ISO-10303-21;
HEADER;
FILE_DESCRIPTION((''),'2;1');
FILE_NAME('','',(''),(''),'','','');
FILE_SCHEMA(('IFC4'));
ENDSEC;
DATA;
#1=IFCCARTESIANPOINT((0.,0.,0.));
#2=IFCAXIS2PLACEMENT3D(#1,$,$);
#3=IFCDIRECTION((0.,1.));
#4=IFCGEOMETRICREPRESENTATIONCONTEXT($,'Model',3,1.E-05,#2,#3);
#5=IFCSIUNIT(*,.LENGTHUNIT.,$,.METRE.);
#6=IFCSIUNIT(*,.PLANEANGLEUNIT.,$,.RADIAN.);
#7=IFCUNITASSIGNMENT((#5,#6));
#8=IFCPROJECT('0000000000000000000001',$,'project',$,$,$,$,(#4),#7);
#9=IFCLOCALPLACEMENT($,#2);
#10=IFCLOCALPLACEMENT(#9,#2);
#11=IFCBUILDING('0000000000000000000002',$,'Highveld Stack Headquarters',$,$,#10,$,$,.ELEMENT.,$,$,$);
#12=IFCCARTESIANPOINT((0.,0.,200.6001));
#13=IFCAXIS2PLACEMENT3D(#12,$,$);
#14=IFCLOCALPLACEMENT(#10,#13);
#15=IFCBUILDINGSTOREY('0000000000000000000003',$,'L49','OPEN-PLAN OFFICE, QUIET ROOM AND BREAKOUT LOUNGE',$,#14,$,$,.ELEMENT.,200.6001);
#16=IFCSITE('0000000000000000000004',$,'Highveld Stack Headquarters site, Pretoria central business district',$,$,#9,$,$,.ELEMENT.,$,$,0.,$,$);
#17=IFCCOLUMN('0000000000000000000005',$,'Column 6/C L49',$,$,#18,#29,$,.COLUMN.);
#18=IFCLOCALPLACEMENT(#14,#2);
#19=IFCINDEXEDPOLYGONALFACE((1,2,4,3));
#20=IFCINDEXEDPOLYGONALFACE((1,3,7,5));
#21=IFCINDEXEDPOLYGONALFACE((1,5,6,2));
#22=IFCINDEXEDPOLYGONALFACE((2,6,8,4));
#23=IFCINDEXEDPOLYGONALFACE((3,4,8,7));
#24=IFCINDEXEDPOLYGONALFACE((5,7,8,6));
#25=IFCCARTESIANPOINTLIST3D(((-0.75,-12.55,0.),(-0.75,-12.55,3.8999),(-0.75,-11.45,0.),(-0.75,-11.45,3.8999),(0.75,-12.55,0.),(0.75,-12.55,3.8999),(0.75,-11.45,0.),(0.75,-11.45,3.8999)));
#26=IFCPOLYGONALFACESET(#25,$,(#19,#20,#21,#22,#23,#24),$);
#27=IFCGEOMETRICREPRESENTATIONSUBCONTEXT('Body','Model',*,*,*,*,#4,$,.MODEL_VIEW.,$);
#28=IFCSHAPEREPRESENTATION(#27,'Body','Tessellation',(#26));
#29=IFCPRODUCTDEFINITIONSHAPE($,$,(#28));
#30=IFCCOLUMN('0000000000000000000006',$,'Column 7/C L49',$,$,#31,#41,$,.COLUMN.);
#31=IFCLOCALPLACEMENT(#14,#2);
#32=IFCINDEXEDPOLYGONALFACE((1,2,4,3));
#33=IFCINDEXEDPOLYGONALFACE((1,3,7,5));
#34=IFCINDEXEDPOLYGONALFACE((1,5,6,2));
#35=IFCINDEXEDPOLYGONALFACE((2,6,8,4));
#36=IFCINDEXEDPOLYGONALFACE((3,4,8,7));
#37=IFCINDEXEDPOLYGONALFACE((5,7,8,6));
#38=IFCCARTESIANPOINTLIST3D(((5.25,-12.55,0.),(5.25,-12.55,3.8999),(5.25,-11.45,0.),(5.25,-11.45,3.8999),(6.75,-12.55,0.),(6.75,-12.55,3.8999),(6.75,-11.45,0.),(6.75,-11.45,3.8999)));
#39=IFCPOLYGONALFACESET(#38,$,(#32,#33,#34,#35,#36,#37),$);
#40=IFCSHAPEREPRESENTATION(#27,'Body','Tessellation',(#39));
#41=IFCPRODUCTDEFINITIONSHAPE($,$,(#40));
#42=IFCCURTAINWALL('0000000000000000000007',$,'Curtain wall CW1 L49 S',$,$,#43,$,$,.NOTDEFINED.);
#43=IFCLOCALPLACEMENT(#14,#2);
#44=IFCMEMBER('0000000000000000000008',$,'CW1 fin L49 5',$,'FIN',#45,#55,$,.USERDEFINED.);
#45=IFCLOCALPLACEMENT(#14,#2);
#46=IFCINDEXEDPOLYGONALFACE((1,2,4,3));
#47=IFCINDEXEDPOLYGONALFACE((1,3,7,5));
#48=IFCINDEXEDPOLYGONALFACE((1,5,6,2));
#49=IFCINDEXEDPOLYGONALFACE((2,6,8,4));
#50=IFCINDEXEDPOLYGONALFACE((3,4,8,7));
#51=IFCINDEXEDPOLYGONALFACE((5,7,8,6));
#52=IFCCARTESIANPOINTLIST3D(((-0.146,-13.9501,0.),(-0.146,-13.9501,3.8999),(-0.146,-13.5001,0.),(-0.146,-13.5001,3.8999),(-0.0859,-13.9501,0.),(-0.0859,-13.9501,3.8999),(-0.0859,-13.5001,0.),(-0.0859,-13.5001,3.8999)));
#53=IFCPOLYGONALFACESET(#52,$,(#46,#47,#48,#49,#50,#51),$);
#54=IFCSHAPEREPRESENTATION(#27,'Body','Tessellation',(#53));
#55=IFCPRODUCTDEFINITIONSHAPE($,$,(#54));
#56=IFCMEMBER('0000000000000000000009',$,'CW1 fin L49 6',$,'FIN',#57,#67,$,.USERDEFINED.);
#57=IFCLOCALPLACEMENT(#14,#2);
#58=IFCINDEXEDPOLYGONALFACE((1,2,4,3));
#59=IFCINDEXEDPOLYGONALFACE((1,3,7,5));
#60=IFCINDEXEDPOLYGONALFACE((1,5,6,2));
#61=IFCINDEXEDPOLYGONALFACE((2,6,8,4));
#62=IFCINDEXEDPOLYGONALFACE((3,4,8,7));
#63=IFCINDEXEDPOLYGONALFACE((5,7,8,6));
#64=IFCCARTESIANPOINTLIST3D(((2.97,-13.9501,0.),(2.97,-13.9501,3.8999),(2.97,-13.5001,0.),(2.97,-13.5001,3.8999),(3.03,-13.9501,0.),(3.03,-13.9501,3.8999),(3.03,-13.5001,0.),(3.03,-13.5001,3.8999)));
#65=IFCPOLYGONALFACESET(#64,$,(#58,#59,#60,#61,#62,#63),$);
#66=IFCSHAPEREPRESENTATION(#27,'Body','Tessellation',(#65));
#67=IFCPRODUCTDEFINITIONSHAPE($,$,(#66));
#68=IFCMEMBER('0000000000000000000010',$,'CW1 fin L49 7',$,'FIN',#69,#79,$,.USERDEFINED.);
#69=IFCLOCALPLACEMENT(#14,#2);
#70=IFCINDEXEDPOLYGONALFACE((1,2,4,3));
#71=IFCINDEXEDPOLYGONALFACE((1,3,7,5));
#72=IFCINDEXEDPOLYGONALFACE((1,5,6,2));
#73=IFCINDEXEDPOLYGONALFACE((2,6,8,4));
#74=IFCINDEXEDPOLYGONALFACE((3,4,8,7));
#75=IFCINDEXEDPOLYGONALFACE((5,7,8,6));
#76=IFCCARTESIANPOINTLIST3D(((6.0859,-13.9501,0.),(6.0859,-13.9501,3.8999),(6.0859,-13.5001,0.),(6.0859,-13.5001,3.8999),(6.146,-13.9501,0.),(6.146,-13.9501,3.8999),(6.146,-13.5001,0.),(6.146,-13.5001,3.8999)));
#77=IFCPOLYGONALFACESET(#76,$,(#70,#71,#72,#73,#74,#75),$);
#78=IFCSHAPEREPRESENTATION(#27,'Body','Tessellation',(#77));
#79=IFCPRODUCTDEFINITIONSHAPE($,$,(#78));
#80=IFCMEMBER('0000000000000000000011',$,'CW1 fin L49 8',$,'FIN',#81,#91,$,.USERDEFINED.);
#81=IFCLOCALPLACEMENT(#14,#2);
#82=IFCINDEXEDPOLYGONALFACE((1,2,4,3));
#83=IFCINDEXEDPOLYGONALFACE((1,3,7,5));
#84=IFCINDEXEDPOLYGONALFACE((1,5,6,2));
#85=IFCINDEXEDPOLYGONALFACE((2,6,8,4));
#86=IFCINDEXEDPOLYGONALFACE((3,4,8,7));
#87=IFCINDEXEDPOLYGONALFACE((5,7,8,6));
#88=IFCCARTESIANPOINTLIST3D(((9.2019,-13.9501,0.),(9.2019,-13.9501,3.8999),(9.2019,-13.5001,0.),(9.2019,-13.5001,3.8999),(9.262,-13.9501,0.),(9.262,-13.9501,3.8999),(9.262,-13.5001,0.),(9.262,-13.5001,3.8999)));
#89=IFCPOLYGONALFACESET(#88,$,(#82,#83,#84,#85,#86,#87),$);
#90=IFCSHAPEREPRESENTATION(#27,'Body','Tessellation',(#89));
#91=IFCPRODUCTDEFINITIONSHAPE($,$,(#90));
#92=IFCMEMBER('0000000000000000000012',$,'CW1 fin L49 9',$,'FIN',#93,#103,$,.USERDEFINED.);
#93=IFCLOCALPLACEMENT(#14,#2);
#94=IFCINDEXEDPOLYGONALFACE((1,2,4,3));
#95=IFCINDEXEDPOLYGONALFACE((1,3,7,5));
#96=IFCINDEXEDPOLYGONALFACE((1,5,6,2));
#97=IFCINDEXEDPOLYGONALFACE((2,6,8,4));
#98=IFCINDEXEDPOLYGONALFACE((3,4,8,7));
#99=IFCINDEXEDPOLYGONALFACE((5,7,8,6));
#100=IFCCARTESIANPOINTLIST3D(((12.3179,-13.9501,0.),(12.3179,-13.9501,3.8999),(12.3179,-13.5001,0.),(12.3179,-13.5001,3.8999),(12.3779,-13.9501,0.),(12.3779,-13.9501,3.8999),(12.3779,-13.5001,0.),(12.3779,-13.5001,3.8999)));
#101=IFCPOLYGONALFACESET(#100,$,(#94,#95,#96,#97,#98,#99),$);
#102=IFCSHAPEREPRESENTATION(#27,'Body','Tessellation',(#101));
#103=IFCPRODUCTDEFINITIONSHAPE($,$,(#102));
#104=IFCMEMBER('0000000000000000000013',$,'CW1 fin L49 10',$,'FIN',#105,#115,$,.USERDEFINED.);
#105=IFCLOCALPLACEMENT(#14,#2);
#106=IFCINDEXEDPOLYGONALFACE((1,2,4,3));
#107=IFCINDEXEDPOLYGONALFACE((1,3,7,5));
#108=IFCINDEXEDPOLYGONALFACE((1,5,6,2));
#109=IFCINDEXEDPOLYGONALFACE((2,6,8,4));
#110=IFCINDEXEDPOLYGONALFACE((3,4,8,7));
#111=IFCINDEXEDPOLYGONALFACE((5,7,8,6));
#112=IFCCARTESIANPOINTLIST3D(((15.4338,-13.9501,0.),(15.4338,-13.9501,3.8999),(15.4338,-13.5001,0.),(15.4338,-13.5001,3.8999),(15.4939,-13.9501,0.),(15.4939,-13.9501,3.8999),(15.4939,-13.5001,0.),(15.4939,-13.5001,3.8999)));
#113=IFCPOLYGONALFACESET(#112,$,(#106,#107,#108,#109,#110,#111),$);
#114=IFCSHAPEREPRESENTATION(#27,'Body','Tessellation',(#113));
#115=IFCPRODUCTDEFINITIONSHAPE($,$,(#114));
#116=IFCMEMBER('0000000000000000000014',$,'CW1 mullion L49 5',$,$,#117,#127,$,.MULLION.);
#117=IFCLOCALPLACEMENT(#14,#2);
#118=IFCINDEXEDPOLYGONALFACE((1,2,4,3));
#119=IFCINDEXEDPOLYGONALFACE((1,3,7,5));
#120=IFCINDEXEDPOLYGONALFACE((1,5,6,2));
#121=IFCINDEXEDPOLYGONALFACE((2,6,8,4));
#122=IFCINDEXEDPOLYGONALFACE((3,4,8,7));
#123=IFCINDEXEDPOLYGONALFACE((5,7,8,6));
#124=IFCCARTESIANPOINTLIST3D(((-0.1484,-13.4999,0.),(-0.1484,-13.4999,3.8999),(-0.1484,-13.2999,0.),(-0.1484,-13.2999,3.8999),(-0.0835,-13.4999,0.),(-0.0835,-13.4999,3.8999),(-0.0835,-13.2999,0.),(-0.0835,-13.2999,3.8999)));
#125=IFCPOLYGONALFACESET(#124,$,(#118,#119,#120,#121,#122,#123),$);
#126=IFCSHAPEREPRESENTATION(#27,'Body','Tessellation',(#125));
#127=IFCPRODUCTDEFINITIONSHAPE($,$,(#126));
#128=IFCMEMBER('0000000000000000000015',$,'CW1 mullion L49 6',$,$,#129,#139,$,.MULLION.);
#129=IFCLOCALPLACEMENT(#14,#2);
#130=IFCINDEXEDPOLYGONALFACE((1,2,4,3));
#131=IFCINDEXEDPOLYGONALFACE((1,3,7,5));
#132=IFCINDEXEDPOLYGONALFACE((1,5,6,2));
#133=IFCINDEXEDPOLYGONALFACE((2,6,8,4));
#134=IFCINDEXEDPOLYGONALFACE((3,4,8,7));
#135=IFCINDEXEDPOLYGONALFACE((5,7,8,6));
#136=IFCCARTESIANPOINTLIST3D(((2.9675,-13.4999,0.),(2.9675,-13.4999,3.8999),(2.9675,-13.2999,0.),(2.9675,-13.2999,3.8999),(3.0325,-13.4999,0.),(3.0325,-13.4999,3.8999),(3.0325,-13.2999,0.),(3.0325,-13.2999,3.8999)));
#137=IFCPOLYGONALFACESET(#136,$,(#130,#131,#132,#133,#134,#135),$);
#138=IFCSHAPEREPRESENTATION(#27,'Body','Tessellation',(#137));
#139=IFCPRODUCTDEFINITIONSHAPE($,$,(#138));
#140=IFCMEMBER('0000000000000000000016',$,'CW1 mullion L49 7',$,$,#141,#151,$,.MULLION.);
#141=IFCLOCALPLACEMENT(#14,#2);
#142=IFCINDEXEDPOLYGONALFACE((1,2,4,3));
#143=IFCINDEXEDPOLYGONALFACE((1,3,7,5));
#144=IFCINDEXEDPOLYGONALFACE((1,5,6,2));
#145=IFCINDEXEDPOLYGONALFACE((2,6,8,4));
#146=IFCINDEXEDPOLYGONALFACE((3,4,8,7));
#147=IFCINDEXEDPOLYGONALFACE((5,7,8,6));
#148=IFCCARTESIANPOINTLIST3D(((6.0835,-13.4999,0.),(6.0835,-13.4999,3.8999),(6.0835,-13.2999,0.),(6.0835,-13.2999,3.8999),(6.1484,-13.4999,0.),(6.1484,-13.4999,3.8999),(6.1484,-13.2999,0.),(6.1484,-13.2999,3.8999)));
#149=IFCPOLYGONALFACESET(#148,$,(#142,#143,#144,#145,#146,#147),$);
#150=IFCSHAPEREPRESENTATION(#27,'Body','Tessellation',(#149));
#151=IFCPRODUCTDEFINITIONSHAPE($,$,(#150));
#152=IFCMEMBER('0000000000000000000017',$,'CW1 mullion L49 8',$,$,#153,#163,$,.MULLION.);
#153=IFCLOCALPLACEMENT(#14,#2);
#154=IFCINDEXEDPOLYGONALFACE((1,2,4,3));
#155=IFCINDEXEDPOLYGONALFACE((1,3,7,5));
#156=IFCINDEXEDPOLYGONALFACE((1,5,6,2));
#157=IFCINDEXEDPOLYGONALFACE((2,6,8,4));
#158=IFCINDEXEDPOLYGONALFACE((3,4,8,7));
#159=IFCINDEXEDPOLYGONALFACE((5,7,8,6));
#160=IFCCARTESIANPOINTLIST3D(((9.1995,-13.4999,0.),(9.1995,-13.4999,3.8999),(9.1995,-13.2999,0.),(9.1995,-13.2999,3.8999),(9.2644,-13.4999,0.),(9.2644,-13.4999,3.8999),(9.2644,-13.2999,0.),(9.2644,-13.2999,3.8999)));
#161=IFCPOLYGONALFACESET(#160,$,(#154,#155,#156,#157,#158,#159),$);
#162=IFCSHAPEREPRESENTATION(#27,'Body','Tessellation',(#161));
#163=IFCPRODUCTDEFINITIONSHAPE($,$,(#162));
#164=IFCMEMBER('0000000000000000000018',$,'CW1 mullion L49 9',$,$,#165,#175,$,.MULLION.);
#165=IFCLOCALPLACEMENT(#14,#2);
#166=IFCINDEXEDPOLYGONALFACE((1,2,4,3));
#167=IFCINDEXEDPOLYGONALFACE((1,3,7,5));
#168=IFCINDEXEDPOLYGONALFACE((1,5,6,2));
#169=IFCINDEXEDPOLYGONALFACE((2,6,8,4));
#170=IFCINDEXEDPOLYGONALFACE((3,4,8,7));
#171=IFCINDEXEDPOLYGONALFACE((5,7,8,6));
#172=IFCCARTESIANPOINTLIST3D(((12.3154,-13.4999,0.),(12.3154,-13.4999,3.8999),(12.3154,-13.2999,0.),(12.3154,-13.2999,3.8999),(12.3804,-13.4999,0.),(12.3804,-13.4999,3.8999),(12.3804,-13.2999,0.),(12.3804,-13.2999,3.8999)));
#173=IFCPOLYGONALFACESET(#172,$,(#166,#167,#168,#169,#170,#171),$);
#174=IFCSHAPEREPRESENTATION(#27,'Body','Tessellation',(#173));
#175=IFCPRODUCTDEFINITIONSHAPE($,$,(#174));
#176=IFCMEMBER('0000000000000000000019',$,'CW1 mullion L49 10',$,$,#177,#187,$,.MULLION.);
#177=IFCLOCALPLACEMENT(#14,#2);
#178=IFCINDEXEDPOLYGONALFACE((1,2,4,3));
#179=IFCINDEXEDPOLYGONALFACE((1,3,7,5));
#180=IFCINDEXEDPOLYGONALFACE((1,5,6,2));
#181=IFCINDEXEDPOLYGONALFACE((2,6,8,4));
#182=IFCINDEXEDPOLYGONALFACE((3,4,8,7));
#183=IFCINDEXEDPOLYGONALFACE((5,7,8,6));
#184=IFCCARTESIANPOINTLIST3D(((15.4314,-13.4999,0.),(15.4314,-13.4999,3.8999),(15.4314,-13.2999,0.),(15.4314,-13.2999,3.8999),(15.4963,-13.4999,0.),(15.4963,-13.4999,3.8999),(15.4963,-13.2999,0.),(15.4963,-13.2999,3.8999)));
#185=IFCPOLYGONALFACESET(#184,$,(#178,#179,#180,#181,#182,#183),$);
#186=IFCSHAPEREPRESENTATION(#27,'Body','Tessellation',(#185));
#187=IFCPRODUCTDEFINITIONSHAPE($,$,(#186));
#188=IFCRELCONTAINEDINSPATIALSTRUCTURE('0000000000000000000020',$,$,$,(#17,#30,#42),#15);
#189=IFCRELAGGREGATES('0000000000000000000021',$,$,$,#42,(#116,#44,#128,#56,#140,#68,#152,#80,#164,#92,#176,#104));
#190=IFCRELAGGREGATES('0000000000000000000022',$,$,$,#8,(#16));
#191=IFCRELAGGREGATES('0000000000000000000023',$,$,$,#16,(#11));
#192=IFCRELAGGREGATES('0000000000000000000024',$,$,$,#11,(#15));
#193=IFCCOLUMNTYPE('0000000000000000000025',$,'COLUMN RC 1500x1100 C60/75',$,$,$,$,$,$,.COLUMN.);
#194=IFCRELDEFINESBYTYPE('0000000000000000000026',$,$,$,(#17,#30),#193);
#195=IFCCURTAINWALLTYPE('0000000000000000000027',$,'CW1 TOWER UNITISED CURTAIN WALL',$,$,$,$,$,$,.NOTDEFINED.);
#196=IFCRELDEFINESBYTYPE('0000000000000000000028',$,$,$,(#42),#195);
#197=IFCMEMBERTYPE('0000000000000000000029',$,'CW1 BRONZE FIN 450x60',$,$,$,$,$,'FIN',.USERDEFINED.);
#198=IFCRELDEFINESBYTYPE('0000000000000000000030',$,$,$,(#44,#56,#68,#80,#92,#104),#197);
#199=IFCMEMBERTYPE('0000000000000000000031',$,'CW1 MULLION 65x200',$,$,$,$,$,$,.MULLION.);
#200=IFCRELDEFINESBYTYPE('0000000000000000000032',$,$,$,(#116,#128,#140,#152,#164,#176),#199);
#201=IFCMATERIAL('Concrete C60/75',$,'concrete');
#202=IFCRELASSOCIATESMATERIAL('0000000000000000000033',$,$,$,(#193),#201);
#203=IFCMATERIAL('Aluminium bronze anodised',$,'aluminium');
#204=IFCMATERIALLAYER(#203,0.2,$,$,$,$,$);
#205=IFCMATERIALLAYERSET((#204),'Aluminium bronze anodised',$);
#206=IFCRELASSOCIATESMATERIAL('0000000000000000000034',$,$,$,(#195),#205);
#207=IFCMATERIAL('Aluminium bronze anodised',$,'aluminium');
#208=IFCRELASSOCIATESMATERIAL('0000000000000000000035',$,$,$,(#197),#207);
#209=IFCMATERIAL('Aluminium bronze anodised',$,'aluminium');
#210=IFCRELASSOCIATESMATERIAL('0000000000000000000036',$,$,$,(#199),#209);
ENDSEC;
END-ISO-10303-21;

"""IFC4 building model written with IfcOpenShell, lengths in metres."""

from ifc_helpers import new_model, si_unit, direction, frame, origin, origin_2d, place, context, subcontext, project, spatial, rectangle, extrude, material, layer, layer_set, material_profile, profile_set, type_object, element, aggregate, save


model = new_model("IFC4")

# Units and contexts
model_context = context("Model", 3, precision=1e-05, world=origin(), true_north=direction((0.0, 1.0)))
body_context = subcontext(model_context, "Body", "Model", "MODEL_VIEW")
ifc_project = project(units=[si_unit("LENGTHUNIT", "METRE"), si_unit("PLANEANGLEUNIT", "RADIAN")], contexts=[model_context])

# Site, building, storey
site_placement = place(None, origin())
site = spatial("IfcSite", under=ifc_project, at=site_placement, Name="Highveld Stack Headquarters site, Pretoria central business district", CompositionType="ELEMENT", RefElevation=0.0)
building_placement = place(site_placement, origin())
building = spatial("IfcBuilding", under=site, at=building_placement, Name="Highveld Stack Headquarters", CompositionType="ELEMENT")
storey_placement = place(building_placement, frame((0.0, 0.0, 200.6001)))
storey = spatial("IfcBuildingStorey", under=building, at=storey_placement, Name="L49", Description="OPEN-PLAN OFFICE, QUIET ROOM AND BREAKOUT LOUNGE", CompositionType="ELEMENT", Elevation=200.6001)

# Columns
ifc_material_1 = material(Name="Concrete C60/75", Category="concrete")
ifc_material_profile_1 = material_profile(ifc_material_1, rectangle(XDim=1.5, YDim=1.1001, at=origin_2d()), Name="RC 1500x1100")
ifc_profile_set_1 = profile_set([ifc_material_profile_1], Name="Concrete C60/75")
column_type = type_object("IfcColumnType", Name="COLUMN RC 1500x1100 C60/75", PredefinedType="COLUMN", material=ifc_profile_set_1)
for number, where, z_axis, x_axis, name in (
    (1, (0.0, -12.0, 0.0), (0.0, 0.0, 1.0), (1.0, 0.0, 0.0), "Column 6/C L49"),
    (2, (6.0, -12.0, 0.0), (0.0, 0.0, 1.0), (1.0, 0.0, 0.0), "Column 7/C L49"),
):
    element("IfcColumn", number, at=place(storey_placement, frame(where, z_axis=z_axis, x_axis=x_axis)), inside=storey, type_object=column_type, Name=name, PredefinedType="COLUMN", context=body_context, shape_type="SweptSolid", body=[
        extrude(rectangle(XDim=1.5, YDim=1.1001, at=origin_2d()), origin(), (0.0, 0.0, 1.0), 3.8999),
    ])

# Curtain wall, members
ifc_material_2 = material(Name="Aluminium bronze anodised", Category="aluminium")
ifc_layer_1 = layer(ifc_material_2, 0.2)
ifc_layer_set_1 = layer_set([ifc_layer_1], Name="Aluminium bronze anodised")
curtain_wall_type = type_object("IfcCurtainWallType", Name="CW1 TOWER UNITISED CURTAIN WALL", PredefinedType="NOTDEFINED", material=ifc_layer_set_1)
curtain_wall_placement = place(storey_placement, origin())
curtain_wall = element("IfcCurtainWall", 3, at=curtain_wall_placement, inside=storey, type_object=curtain_wall_type, Name="Curtain wall CW1 L49 S", PredefinedType="NOTDEFINED")
ifc_material_3 = material(Name="Aluminium bronze anodised", Category="aluminium")
ifc_material_profile_2 = material_profile(ifc_material_3, rectangle(XDim=0.45, YDim=0.0601, at=origin_2d()), Name="FIN 450x60")
ifc_profile_set_2 = profile_set([ifc_material_profile_2], Name="Aluminium bronze anodised")
member_type_1 = type_object("IfcMemberType", Name="CW1 BRONZE FIN 450x60", ElementType="FIN", PredefinedType="USERDEFINED", material=ifc_profile_set_2)
member_1_placement = place(storey_placement, frame((-0.116, -13.7251, 0.0), z_axis=(0.0, 0.0, 1.0), x_axis=(0.0, 1.0, 0.0)))
member_1 = element("IfcMember", 4, at=member_1_placement, type_object=member_type_1, Name="CW1 fin L49 5", ObjectType="FIN", PredefinedType="USERDEFINED", context=body_context, shape_type="SweptSolid", body=[
    extrude(rectangle(XDim=0.45, YDim=0.0601, at=origin_2d()), origin(), (0.0, 0.0, 1.0), 3.8999),
])
member_2_placement = place(storey_placement, frame((3.0, -13.7251, 0.0), z_axis=(0.0, 0.0, 1.0), x_axis=(0.0, 1.0, 0.0)))
member_2 = element("IfcMember", 5, at=member_2_placement, type_object=member_type_1, Name="CW1 fin L49 6", ObjectType="FIN", PredefinedType="USERDEFINED", context=body_context, shape_type="SweptSolid", body=[
    extrude(rectangle(XDim=0.45, YDim=0.0601, at=origin_2d()), origin(), (0.0, 0.0, 1.0), 3.8999),
])
member_3_placement = place(storey_placement, frame((6.116, -13.7251, 0.0), z_axis=(0.0, 0.0, 1.0), x_axis=(0.0, 1.0, 0.0)))
member_3 = element("IfcMember", 6, at=member_3_placement, type_object=member_type_1, Name="CW1 fin L49 7", ObjectType="FIN", PredefinedType="USERDEFINED", context=body_context, shape_type="SweptSolid", body=[
    extrude(rectangle(XDim=0.45, YDim=0.0601, at=origin_2d()), origin(), (0.0, 0.0, 1.0), 3.8999),
])
member_4_placement = place(storey_placement, frame((9.2319, -13.7251, 0.0), z_axis=(0.0, 0.0, 1.0), x_axis=(0.0, 1.0, 0.0)))
member_4 = element("IfcMember", 7, at=member_4_placement, type_object=member_type_1, Name="CW1 fin L49 8", ObjectType="FIN", PredefinedType="USERDEFINED", context=body_context, shape_type="SweptSolid", body=[
    extrude(rectangle(XDim=0.45, YDim=0.0601, at=origin_2d()), origin(), (0.0, 0.0, 1.0), 3.8999),
])
member_5_placement = place(storey_placement, frame((12.3479, -13.7251, 0.0), z_axis=(0.0, 0.0, 1.0), x_axis=(0.0, 1.0, 0.0)))
member_5 = element("IfcMember", 8, at=member_5_placement, type_object=member_type_1, Name="CW1 fin L49 9", ObjectType="FIN", PredefinedType="USERDEFINED", context=body_context, shape_type="SweptSolid", body=[
    extrude(rectangle(XDim=0.45, YDim=0.0601, at=origin_2d()), origin(), (0.0, 0.0, 1.0), 3.8999),
])
member_6_placement = place(storey_placement, frame((15.4639, -13.7251, 0.0), z_axis=(0.0, 0.0, 1.0), x_axis=(0.0, 1.0, 0.0)))
member_6 = element("IfcMember", 9, at=member_6_placement, type_object=member_type_1, Name="CW1 fin L49 10", ObjectType="FIN", PredefinedType="USERDEFINED", context=body_context, shape_type="SweptSolid", body=[
    extrude(rectangle(XDim=0.45, YDim=0.0601, at=origin_2d()), origin(), (0.0, 0.0, 1.0), 3.8999),
])
ifc_material_4 = material(Name="Aluminium bronze anodised", Category="aluminium")
ifc_material_profile_3 = material_profile(ifc_material_4, rectangle(XDim=0.2, YDim=0.0649, at=origin_2d()), Name="CW1 MULLION 65x200")
ifc_profile_set_3 = profile_set([ifc_material_profile_3], Name="Aluminium bronze anodised")
member_type_2 = type_object("IfcMemberType", Name="CW1 MULLION 65x200", PredefinedType="MULLION", material=ifc_profile_set_3)
member_7_placement = place(storey_placement, frame((-0.116, -13.3999, 0.0), z_axis=(0.0, 0.0, 1.0), x_axis=(0.0, 1.0, 0.0)))
member_7 = element("IfcMember", 10, at=member_7_placement, type_object=member_type_2, Name="CW1 mullion L49 5", PredefinedType="MULLION", context=body_context, shape_type="SweptSolid", body=[
    extrude(rectangle(XDim=0.2, YDim=0.0649, at=origin_2d()), origin(), (0.0, 0.0, 1.0), 3.8999),
])
member_8_placement = place(storey_placement, frame((3.0, -13.3999, 0.0), z_axis=(0.0, 0.0, 1.0), x_axis=(0.0, 1.0, 0.0)))
member_8 = element("IfcMember", 11, at=member_8_placement, type_object=member_type_2, Name="CW1 mullion L49 6", PredefinedType="MULLION", context=body_context, shape_type="SweptSolid", body=[
    extrude(rectangle(XDim=0.2, YDim=0.0649, at=origin_2d()), origin(), (0.0, 0.0, 1.0), 3.8999),
])
member_9_placement = place(storey_placement, frame((6.116, -13.3999, 0.0), z_axis=(0.0, 0.0, 1.0), x_axis=(0.0, 1.0, 0.0)))
member_9 = element("IfcMember", 12, at=member_9_placement, type_object=member_type_2, Name="CW1 mullion L49 7", PredefinedType="MULLION", context=body_context, shape_type="SweptSolid", body=[
    extrude(rectangle(XDim=0.2, YDim=0.0649, at=origin_2d()), origin(), (0.0, 0.0, 1.0), 3.8999),
])
member_10_placement = place(storey_placement, frame((9.2319, -13.3999, 0.0), z_axis=(0.0, 0.0, 1.0), x_axis=(0.0, 1.0, 0.0)))
member_10 = element("IfcMember", 13, at=member_10_placement, type_object=member_type_2, Name="CW1 mullion L49 8", PredefinedType="MULLION", context=body_context, shape_type="SweptSolid", body=[
    extrude(rectangle(XDim=0.2, YDim=0.0649, at=origin_2d()), origin(), (0.0, 0.0, 1.0), 3.8999),
])
member_11_placement = place(storey_placement, frame((12.3479, -13.3999, 0.0), z_axis=(0.0, 0.0, 1.0), x_axis=(0.0, 1.0, 0.0)))
member_11 = element("IfcMember", 14, at=member_11_placement, type_object=member_type_2, Name="CW1 mullion L49 9", PredefinedType="MULLION", context=body_context, shape_type="SweptSolid", body=[
    extrude(rectangle(XDim=0.2, YDim=0.0649, at=origin_2d()), origin(), (0.0, 0.0, 1.0), 3.8999),
])
member_12_placement = place(storey_placement, frame((15.4639, -13.3999, 0.0), z_axis=(0.0, 0.0, 1.0), x_axis=(0.0, 1.0, 0.0)))
member_12 = element("IfcMember", 15, at=member_12_placement, type_object=member_type_2, Name="CW1 mullion L49 10", PredefinedType="MULLION", context=body_context, shape_type="SweptSolid", body=[
    extrude(rectangle(XDim=0.2, YDim=0.0649, at=origin_2d()), origin(), (0.0, 0.0, 1.0), 3.8999),
])
aggregate(curtain_wall, [member_7, member_1, member_8, member_2, member_9, member_3, member_10, member_4, member_11, member_5, member_12, member_6])

save(model, "model.ifc")
